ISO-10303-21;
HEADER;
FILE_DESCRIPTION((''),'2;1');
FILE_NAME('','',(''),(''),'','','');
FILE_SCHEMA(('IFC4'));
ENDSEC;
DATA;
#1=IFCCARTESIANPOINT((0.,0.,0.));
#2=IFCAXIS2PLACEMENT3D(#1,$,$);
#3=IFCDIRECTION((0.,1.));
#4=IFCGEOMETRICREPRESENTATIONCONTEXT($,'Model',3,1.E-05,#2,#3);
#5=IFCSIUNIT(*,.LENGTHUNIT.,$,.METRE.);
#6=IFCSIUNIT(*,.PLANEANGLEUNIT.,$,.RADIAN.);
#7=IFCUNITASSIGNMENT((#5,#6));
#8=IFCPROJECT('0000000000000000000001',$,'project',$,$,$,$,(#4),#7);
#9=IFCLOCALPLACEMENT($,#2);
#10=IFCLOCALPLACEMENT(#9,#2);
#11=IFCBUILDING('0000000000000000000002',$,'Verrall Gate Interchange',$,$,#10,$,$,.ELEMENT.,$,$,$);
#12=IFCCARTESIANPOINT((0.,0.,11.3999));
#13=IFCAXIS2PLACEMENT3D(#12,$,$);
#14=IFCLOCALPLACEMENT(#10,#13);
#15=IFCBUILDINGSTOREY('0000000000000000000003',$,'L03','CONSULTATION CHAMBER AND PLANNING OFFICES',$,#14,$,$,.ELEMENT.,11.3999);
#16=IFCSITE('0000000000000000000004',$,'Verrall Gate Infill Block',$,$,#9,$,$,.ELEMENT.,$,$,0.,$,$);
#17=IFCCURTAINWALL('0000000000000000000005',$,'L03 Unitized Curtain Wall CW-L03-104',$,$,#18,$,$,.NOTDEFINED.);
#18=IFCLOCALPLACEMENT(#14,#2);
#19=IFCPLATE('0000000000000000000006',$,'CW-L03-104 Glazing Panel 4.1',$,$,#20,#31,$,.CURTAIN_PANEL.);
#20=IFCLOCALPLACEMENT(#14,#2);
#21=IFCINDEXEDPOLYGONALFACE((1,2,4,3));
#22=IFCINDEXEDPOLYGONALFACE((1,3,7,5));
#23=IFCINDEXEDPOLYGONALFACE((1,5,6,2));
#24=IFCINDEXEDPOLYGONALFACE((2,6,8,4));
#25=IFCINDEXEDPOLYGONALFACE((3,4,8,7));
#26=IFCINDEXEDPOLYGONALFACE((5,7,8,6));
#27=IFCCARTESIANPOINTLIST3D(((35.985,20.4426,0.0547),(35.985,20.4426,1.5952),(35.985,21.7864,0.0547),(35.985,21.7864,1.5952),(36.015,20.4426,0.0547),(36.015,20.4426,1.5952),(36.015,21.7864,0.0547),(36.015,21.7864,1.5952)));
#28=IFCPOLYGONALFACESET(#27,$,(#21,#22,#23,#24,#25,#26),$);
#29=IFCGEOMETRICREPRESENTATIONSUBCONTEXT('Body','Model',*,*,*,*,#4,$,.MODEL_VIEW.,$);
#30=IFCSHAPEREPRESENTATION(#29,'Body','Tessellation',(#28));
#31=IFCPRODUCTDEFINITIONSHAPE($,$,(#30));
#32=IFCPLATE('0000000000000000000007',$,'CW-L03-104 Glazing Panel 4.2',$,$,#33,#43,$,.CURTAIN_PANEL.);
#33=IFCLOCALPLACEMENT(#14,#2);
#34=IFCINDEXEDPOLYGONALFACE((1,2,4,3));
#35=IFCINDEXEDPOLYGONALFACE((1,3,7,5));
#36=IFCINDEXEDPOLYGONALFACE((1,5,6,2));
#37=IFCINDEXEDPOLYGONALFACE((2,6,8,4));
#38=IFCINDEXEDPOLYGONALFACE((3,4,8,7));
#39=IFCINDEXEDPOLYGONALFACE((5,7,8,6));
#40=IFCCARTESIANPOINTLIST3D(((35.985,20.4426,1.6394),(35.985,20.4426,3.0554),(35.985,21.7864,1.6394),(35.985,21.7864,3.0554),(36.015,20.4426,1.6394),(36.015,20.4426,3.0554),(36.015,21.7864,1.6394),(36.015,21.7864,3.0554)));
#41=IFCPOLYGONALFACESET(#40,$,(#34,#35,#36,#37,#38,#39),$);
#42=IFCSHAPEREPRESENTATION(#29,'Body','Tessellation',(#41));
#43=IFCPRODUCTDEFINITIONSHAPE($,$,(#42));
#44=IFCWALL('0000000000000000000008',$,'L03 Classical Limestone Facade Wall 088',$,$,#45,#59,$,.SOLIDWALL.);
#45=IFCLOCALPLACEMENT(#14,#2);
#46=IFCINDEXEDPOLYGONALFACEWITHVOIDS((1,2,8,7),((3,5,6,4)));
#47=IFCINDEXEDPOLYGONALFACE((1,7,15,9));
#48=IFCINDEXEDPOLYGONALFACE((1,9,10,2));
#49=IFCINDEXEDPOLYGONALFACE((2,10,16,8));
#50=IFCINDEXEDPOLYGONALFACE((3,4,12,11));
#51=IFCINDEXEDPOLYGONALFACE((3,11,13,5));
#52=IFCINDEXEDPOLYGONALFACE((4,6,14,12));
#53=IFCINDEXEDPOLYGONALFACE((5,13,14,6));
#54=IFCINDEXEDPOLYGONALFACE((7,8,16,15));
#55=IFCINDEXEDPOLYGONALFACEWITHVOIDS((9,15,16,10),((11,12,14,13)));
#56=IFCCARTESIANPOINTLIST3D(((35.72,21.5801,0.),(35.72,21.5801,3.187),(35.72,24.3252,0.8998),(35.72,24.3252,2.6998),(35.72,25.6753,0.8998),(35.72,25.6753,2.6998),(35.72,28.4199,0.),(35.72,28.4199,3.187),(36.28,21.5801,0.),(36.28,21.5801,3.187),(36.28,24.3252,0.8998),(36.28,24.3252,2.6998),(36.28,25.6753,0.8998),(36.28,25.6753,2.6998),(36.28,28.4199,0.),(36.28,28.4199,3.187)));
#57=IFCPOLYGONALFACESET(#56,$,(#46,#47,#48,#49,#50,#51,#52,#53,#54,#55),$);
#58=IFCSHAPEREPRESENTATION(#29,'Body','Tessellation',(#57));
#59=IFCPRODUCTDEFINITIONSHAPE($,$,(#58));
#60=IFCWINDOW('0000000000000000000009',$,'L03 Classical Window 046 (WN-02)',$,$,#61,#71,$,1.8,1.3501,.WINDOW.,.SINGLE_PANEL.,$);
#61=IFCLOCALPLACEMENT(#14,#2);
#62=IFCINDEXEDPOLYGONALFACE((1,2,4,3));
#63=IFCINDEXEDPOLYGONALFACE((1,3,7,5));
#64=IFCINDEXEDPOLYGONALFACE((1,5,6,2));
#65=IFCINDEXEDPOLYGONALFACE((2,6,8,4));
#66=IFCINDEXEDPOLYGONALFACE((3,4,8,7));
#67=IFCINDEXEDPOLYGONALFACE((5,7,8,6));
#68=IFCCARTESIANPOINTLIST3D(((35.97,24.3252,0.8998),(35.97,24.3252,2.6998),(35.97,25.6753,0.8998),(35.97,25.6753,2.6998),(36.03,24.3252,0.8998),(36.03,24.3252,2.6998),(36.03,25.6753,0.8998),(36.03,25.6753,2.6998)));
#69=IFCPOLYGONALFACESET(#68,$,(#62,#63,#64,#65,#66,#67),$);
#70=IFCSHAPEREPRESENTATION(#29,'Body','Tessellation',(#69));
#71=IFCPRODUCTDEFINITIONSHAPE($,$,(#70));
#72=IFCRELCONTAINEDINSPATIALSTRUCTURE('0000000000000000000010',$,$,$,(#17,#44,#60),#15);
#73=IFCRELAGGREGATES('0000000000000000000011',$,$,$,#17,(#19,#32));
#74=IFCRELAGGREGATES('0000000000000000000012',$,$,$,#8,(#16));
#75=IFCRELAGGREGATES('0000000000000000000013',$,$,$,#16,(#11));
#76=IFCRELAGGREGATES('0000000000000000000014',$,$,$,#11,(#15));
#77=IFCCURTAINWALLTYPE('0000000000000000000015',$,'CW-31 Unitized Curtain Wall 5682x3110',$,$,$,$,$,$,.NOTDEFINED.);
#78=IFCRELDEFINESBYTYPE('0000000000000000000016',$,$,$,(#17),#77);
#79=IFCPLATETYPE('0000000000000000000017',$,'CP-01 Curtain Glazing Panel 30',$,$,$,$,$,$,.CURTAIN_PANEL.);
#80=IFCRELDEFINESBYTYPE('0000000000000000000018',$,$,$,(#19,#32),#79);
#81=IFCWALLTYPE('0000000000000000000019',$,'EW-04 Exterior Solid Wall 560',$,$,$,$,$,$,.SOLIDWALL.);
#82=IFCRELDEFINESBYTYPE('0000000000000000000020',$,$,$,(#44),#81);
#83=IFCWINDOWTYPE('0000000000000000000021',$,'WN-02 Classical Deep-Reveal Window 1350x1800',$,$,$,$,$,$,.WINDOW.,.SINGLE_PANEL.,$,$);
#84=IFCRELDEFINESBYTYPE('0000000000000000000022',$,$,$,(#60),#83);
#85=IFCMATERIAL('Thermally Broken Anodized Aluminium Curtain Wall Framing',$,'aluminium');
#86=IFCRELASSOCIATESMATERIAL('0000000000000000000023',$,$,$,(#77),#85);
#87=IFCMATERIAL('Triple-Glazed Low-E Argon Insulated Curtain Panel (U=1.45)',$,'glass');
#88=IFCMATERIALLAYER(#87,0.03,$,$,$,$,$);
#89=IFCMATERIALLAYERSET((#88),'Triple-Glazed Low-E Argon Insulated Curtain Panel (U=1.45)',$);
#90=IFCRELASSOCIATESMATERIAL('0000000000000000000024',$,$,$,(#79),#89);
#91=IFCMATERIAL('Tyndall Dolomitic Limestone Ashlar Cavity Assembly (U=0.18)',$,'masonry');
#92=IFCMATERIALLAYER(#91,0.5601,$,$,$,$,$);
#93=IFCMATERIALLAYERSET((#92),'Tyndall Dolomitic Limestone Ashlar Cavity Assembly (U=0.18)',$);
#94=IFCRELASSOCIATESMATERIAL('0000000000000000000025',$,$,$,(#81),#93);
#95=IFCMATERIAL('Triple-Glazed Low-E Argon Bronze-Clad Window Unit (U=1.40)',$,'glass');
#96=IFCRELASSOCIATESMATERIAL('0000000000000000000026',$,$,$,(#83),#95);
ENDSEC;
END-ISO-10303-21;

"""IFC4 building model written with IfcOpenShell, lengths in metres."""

from ifc_helpers import new_model, si_unit, direction, frame, frame_2d, origin, origin_2d, place, context, subcontext, project, spatial, rectangle, extrude, material, layer, layer_set, type_object, element, fill, aggregate, save


model = new_model("IFC4")

# Units and contexts
model_context = context("Model", 3, precision=1e-05, world=origin(), true_north=direction((0.0, 1.0)))
body_context = subcontext(model_context, "Body", "Model", "MODEL_VIEW")
ifc_project = project(units=[si_unit("LENGTHUNIT", "METRE"), si_unit("PLANEANGLEUNIT", "RADIAN")], contexts=[model_context])

# Site, building, storey
site_placement = place(None, origin())
site = spatial("IfcSite", under=ifc_project, at=site_placement, Name="Verrall Gate Infill Block", CompositionType="ELEMENT", RefElevation=0.0)
building_placement = place(site_placement, origin())
building = spatial("IfcBuilding", under=site, at=building_placement, Name="Verrall Gate Interchange", CompositionType="ELEMENT")
storey_placement = place(building_placement, frame((0.0, 0.0, 11.3999)))
storey = spatial("IfcBuildingStorey", under=building, at=storey_placement, Name="L03", Description="CONSULTATION CHAMBER AND PLANNING OFFICES", CompositionType="ELEMENT", Elevation=11.3999)

# Curtain wall
ifc_material_1 = material(Name="Thermally Broken Anodized Aluminium Curtain Wall Framing", Category="aluminium")
curtain_wall_type = type_object("IfcCurtainWallType", Name="CW-31 Unitized Curtain Wall 5682x3110", PredefinedType="NOTDEFINED", material=ifc_material_1)
curtain_wall_1_placement = place(storey_placement, origin())
curtain_wall_1 = element("IfcCurtainWall", 1, at=curtain_wall_1_placement, inside=storey, type_object=curtain_wall_type, Name="L03 Unitized Curtain Wall CW-L03-104", PredefinedType="NOTDEFINED")

# Plates
ifc_material_2 = material(Name="Triple-Glazed Low-E Argon Insulated Curtain Panel (U=1.45)", Category="glass")
ifc_layer_1 = layer(ifc_material_2, 0.03)
ifc_layer_set_1 = layer_set([ifc_layer_1], Name="Triple-Glazed Low-E Argon Insulated Curtain Panel (U=1.45)")
plate_type_1 = type_object("IfcPlateType", Name="CP-01 Curtain Glazing Panel 30", PredefinedType="CURTAIN_PANEL", material=ifc_layer_set_1)
plate_1_placement = place(storey_placement, frame((36.0, 21.1145, 0.0547), z_axis=(0.0, 0.0, 1.0), x_axis=(0.0, 1.0, 0.0)))
plate_1 = element("IfcPlate", 2, at=plate_1_placement, type_object=plate_type_1, Name="CW-L03-104 Glazing Panel 4.1", PredefinedType="CURTAIN_PANEL", context=body_context, shape_type="SweptSolid", body=[
    extrude(rectangle(XDim=1.3438, YDim=0.03, at=origin_2d()), origin(), (0.0, 0.0, 1.0), 1.5405),
])
plate_2_placement = place(storey_placement, frame((36.0, 21.1145, 1.6394), z_axis=(0.0, 0.0, 1.0), x_axis=(0.0, 1.0, 0.0)))
plate_2 = element("IfcPlate", 3, at=plate_2_placement, type_object=plate_type_1, Name="CW-L03-104 Glazing Panel 4.2", PredefinedType="CURTAIN_PANEL", context=body_context, shape_type="SweptSolid", body=[
    extrude(rectangle(XDim=1.3438, YDim=0.03, at=origin_2d()), origin(), (0.0, 0.0, 1.0), 1.416),
])
aggregate(curtain_wall_1, [plate_1, plate_2])

# Wall, opening, window
ifc_material_3 = material(Name="Tyndall Dolomitic Limestone Ashlar Cavity Assembly (U=0.18)", Category="masonry")
ifc_layer_2 = layer(ifc_material_3, 0.5601)
ifc_layer_set_2 = layer_set([ifc_layer_2], Name="Tyndall Dolomitic Limestone Ashlar Cavity Assembly (U=0.18)")
wall_type = type_object("IfcWallType", Name="EW-04 Exterior Solid Wall 560", PredefinedType="SOLIDWALL", material=ifc_layer_set_2)
wall_placement = place(storey_placement, frame((36.0, 21.5801, 0.0), z_axis=(0.0, 0.0, 1.0), x_axis=(0.0, 1.0, 0.0)))
wall = element("IfcWall", 4, at=wall_placement, inside=storey, type_object=wall_type, Name="L03 Classical Limestone Facade Wall 088", PredefinedType="SOLIDWALL", context=body_context, shape_type="SweptSolid", body=[
    extrude(rectangle(XDim=6.8398, YDim=0.5601, at=frame_2d((3.4199, 0.0))), origin(), (0.0, 0.0, 1.0), 3.187),
])
opening_placement = place(wall_placement, frame((2.7451, 0.0, 0.8999)))
opening = element("IfcOpeningElement", 5, at=opening_placement, cuts=wall, PredefinedType="OPENING", context=body_context, shape_type="SweptSolid", body=[
    extrude(rectangle(XDim=1.3501, YDim=1.8, at=frame_2d((0.675, 0.8999))), frame((0.0, 0.2949, 0.0), z_axis=(0.0, -1.0, 0.0), x_axis=(1.0, 0.0, 0.0)), (0.0, 0.0, 1.0), 0.5898),
])
ifc_material_4 = material(Name="Triple-Glazed Low-E Argon Bronze-Clad Window Unit (U=1.40)", Category="glass")
window_type = type_object("IfcWindowType", Name="WN-02 Classical Deep-Reveal Window 1350x1800", PartitioningType="SINGLE_PANEL", PredefinedType="WINDOW", material=ifc_material_4)
window_placement = place(opening_placement, origin())
window = element("IfcWindow", 6, at=window_placement, inside=storey, type_object=window_type, Name="L03 Classical Window 046 (WN-02)", OverallHeight=1.8, OverallWidth=1.3501, PartitioningType="SINGLE_PANEL", PredefinedType="WINDOW", context=body_context, shape_type="SweptSolid", body=[
    extrude(rectangle(XDim=1.3501, YDim=1.8, at=frame_2d((0.675, 0.8999))), frame((0.0, 0.03, 0.0), z_axis=(0.0, -1.0, 0.0), x_axis=(1.0, 0.0, 0.0)), (0.0, 0.0, 1.0), 0.0601),
])
fill(opening, window)

save(model, "model.ifc")
